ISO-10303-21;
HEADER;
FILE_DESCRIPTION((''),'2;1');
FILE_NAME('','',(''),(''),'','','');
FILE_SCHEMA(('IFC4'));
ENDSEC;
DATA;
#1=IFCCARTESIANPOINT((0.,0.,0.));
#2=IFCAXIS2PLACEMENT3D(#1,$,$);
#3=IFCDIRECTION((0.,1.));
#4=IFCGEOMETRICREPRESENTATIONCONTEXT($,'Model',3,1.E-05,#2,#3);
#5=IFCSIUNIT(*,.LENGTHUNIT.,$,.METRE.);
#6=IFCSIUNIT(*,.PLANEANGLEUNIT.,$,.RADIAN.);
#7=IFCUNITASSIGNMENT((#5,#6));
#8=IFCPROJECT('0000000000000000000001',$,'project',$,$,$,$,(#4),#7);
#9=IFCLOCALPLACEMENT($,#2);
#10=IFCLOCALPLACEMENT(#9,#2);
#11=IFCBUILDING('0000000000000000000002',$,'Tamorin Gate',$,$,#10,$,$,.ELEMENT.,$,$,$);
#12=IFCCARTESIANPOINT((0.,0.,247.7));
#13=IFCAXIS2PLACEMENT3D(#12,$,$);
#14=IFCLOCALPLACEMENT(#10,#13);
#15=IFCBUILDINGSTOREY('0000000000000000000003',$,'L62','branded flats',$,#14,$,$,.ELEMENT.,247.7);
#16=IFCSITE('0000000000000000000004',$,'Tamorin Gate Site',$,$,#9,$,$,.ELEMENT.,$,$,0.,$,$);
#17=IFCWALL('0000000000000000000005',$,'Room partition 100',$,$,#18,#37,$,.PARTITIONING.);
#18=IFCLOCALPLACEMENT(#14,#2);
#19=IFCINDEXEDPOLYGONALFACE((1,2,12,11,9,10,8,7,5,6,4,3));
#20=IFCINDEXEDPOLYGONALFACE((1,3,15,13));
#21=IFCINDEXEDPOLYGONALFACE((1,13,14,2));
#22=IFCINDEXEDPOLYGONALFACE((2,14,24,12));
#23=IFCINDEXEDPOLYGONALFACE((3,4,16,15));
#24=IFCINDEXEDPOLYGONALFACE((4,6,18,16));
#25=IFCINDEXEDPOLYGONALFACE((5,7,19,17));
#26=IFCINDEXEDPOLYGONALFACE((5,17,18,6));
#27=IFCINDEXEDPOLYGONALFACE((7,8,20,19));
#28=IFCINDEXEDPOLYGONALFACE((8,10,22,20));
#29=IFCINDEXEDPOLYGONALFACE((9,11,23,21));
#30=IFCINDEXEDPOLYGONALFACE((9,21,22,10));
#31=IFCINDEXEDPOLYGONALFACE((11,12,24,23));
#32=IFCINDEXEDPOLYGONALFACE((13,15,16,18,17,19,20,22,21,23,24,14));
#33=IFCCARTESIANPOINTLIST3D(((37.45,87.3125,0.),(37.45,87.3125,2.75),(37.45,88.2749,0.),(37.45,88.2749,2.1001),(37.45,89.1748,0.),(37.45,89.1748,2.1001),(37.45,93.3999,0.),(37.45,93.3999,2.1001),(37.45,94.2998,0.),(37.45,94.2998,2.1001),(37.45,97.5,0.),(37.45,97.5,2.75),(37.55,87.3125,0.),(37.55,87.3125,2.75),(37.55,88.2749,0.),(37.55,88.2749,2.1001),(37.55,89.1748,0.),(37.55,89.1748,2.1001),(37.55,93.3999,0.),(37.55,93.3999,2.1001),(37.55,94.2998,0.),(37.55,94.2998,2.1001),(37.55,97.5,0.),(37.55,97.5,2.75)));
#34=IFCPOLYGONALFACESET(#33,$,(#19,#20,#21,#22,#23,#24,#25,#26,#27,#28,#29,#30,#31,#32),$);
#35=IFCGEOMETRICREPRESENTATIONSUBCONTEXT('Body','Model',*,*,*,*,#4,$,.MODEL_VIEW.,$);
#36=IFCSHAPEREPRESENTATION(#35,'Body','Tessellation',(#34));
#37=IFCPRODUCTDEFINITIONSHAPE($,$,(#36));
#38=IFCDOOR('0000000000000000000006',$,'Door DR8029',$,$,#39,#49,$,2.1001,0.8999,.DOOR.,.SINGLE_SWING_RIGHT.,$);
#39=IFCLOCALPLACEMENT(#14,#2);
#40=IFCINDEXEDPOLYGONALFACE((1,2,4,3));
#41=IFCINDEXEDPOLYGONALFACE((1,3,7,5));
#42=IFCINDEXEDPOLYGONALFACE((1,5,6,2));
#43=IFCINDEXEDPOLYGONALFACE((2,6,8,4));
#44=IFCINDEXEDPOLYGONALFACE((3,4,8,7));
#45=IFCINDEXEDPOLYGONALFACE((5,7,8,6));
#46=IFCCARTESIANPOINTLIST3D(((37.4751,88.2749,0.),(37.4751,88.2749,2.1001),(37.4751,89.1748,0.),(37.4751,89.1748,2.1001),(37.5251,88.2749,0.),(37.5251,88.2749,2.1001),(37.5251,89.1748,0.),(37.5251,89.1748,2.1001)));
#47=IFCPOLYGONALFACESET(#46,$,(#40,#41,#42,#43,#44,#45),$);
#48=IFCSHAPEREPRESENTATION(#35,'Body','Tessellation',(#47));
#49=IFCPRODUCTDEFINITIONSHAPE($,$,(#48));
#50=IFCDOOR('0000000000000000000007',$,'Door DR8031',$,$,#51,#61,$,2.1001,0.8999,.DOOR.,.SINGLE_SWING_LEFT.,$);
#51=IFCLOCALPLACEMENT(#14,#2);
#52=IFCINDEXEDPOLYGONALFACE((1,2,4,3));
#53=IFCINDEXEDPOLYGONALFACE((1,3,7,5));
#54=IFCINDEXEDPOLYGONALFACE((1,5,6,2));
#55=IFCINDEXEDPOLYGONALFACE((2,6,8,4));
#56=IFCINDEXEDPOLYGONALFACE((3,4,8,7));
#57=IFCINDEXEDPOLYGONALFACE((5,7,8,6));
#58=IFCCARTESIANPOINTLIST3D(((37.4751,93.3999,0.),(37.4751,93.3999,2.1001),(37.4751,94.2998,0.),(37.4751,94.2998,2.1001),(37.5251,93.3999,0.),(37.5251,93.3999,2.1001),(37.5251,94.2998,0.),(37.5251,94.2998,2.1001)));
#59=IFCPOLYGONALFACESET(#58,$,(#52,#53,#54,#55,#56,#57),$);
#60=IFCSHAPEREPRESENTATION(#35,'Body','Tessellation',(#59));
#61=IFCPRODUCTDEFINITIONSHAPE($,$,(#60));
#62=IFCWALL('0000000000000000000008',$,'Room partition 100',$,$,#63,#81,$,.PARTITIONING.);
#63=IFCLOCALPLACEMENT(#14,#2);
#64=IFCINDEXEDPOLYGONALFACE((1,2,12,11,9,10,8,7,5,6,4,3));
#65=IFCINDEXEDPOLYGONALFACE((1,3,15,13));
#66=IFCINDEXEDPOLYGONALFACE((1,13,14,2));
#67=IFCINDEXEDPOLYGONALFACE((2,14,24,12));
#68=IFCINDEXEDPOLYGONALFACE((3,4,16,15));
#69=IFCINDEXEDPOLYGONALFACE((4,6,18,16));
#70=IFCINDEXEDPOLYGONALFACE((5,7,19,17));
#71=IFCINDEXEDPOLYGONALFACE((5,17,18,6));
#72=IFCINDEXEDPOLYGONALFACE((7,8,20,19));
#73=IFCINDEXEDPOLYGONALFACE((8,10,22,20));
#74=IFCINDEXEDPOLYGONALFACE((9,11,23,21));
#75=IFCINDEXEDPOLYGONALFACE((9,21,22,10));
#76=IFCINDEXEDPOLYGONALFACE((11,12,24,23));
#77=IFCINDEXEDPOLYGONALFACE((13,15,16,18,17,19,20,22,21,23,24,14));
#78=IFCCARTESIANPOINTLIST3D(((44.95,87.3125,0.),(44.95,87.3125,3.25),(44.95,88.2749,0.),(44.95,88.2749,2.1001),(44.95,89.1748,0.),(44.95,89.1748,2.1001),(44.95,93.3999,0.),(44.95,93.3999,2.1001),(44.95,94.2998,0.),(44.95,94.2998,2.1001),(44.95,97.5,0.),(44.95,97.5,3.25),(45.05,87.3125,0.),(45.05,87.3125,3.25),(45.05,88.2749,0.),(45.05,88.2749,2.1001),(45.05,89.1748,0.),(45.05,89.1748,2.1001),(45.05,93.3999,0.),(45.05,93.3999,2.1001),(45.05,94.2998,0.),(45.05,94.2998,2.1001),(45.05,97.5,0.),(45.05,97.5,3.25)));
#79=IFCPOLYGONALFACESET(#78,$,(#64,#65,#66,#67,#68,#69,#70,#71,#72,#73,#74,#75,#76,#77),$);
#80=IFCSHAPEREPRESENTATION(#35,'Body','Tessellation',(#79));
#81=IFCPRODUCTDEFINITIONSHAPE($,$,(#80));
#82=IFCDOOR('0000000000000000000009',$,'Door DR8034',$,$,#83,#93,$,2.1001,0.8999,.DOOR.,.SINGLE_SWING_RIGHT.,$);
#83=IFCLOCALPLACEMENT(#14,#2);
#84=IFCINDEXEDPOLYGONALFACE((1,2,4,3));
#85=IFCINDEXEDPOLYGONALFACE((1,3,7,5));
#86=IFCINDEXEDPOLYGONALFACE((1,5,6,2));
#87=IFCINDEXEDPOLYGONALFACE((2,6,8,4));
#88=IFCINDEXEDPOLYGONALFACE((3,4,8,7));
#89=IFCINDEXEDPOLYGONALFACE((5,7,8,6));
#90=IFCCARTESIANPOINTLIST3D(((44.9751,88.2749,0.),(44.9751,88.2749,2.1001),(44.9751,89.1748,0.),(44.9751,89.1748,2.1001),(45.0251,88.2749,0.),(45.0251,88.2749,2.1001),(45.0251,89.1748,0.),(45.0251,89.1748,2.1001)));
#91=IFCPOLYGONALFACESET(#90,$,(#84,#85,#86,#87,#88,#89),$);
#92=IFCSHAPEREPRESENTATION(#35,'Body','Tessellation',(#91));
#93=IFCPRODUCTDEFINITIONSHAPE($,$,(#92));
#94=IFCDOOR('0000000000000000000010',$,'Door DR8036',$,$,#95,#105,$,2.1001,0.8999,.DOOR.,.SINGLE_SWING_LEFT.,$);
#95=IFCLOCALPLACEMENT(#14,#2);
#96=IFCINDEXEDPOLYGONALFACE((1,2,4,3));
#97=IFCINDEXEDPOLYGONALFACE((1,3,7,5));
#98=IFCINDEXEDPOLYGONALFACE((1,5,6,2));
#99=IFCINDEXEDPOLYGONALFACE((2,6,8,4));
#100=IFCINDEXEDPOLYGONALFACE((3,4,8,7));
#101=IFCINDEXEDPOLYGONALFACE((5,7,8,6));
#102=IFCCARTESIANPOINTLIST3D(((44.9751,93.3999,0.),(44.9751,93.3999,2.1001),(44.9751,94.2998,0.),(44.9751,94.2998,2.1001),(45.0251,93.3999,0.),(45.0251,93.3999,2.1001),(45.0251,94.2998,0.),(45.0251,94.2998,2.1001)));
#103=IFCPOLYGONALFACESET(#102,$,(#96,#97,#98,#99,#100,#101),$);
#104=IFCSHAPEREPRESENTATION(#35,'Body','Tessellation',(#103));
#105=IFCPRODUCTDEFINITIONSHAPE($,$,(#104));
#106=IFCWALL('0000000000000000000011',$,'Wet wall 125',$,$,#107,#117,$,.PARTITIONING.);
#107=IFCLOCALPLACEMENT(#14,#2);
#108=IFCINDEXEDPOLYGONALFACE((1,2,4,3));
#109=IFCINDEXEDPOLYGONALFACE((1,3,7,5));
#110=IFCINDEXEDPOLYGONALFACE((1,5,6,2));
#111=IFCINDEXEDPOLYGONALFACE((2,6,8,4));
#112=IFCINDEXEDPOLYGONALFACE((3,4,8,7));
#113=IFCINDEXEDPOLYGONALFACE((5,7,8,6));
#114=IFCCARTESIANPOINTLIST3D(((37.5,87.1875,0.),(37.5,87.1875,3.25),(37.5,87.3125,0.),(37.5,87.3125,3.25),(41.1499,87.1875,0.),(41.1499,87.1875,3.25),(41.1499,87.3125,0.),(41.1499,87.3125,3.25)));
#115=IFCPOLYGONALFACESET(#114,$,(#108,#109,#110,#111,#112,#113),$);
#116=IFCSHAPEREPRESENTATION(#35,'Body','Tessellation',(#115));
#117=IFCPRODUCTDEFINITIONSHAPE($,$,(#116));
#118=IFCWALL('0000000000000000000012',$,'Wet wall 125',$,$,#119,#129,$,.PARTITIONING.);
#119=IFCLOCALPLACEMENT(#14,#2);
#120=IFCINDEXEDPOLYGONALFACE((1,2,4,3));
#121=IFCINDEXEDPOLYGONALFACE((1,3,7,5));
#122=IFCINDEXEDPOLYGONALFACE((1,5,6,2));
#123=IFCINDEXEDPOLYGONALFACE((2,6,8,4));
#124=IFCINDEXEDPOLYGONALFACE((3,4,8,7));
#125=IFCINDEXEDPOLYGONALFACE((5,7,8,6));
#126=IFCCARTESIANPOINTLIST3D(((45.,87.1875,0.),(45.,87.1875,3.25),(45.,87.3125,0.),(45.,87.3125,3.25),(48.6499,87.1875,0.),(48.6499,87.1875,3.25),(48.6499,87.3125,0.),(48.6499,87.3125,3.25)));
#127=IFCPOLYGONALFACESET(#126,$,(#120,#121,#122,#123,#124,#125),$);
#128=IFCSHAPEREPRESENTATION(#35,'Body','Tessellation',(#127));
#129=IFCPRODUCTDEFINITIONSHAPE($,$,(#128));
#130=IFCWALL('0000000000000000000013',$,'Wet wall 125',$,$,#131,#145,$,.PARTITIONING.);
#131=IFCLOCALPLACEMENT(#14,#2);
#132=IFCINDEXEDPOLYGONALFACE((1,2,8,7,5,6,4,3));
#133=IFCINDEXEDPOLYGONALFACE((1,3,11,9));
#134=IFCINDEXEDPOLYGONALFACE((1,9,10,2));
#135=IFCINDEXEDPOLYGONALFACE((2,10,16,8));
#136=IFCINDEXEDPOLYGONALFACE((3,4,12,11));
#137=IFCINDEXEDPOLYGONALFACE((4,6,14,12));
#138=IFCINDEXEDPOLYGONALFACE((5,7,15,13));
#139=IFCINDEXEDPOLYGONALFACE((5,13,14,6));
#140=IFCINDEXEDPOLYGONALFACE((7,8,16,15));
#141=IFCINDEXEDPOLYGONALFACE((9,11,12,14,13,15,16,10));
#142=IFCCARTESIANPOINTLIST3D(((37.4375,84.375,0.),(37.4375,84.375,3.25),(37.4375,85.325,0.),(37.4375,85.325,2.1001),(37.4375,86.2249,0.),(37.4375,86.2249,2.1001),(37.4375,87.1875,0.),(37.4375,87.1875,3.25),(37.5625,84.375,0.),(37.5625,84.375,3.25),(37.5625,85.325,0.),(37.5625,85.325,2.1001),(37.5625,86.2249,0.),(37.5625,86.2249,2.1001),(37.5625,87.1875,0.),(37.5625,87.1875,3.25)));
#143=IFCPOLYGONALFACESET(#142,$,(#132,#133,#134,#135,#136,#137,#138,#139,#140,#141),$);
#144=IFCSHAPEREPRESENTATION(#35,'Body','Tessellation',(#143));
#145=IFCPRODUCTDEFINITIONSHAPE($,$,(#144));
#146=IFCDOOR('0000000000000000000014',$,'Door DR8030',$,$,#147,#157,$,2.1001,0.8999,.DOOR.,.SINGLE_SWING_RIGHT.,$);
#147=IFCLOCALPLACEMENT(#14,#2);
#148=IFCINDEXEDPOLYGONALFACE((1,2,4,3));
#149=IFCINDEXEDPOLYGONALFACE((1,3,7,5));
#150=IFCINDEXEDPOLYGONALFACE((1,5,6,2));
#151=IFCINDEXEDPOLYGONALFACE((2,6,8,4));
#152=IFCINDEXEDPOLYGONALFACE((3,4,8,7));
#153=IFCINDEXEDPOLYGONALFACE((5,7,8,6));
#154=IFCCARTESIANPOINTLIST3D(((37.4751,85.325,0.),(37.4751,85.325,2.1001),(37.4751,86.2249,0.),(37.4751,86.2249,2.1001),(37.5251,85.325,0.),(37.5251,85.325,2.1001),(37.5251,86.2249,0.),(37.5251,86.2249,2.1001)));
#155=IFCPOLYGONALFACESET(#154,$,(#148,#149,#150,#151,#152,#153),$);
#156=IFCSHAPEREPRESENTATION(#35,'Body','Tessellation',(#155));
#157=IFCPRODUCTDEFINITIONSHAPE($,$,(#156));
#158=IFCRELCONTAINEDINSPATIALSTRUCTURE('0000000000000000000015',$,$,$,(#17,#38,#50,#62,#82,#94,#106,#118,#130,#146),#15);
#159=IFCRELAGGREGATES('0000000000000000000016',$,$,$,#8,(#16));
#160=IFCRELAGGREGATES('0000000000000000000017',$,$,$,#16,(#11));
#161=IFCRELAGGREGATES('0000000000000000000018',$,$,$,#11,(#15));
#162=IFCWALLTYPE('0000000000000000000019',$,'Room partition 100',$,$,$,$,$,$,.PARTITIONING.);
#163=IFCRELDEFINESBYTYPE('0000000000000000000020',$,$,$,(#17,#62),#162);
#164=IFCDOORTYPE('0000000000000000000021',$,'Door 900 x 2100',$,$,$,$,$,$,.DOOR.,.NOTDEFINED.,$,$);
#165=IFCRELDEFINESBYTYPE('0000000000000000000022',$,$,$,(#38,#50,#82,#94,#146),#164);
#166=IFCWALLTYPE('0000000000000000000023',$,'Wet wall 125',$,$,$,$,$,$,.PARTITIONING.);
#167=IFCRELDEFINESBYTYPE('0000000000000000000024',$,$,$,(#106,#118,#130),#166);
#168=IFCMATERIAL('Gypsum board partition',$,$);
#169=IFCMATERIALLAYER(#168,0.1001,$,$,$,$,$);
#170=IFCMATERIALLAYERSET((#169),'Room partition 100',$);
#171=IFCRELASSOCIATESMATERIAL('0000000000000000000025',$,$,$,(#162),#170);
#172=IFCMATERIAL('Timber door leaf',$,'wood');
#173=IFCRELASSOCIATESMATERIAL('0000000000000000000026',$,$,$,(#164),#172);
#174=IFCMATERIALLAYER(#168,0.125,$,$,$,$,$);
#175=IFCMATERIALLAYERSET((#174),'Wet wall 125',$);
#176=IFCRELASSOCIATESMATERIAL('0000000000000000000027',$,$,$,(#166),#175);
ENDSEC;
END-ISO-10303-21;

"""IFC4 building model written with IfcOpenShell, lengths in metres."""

from ifc_helpers import new_model, si_unit, direction, frame, frame_2d, origin, place, context, subcontext, project, spatial, rectangle, extrude, material, layer, layer_set, type_object, element, fill, save


model = new_model("IFC4")

# Units and contexts
model_context = context("Model", 3, precision=1e-05, world=origin(), true_north=direction((0.0, 1.0)))
body_context = subcontext(model_context, "Body", "Model", "MODEL_VIEW")
ifc_project = project(units=[si_unit("LENGTHUNIT", "METRE"), si_unit("PLANEANGLEUNIT", "RADIAN")], contexts=[model_context])

# Site, building, storey
site_placement = place(None, origin())
site = spatial("IfcSite", under=ifc_project, at=site_placement, Name="Tamorin Gate Site", CompositionType="ELEMENT", RefElevation=0.0)
building_placement = place(site_placement, origin())
building = spatial("IfcBuilding", under=site, at=building_placement, Name="Tamorin Gate", CompositionType="ELEMENT")
storey_placement = place(building_placement, frame((0.0, 0.0, 247.7)))
storey = spatial("IfcBuildingStorey", under=building, at=storey_placement, Name="L62", Description="branded flats", CompositionType="ELEMENT", Elevation=247.7)

# Shared definitions
ifc_material_1 = material(Name="Gypsum board partition")

# Walls, openings, doors
ifc_layer_1 = layer(ifc_material_1, 0.1001)
ifc_layer_set_1 = layer_set([ifc_layer_1], Name="Room partition 100")
wall_type_1 = type_object("IfcWallType", Name="Room partition 100", PredefinedType="PARTITIONING", material=ifc_layer_set_1)
wall_1_placement = place(storey_placement, frame((37.5, 87.3125, 0.0), z_axis=(0.0, 0.0, 1.0), x_axis=(0.0, 1.0, 0.0)))
wall_1 = element("IfcWall", 1, at=wall_1_placement, inside=storey, type_object=wall_type_1, Name="Room partition 100", PredefinedType="PARTITIONING", context=body_context, shape_type="SweptSolid", body=[
    extrude(rectangle(XDim=10.1875, YDim=0.1001, at=frame_2d((5.0938, 0.0))), origin(), (0.0, 0.0, 1.0), 2.75),
])
opening_1_placement = place(wall_1_placement, frame((0.9624, 0.0, 0.0)))
opening_1 = element("IfcOpeningElement", 2, at=opening_1_placement, cuts=wall_1, PredefinedType="OPENING", context=body_context, shape_type="SweptSolid", body=[
    extrude(rectangle(XDim=0.8999, YDim=2.1001, at=frame_2d((0.45, 1.05))), frame((0.0, 0.0601, 0.0), z_axis=(0.0, -1.0, 0.0), x_axis=(1.0, 0.0, 0.0)), (0.0, 0.0, 1.0), 0.1201),
])
opening_2_placement = place(wall_1_placement, frame((6.0874, 0.0, 0.0)))
opening_2 = element("IfcOpeningElement", 3, at=opening_2_placement, cuts=wall_1, PredefinedType="OPENING", context=body_context, shape_type="SweptSolid", body=[
    extrude(rectangle(XDim=0.8999, YDim=2.1001, at=frame_2d((0.45, 1.05))), frame((0.0, 0.0601, 0.0), z_axis=(0.0, -1.0, 0.0), x_axis=(1.0, 0.0, 0.0)), (0.0, 0.0, 1.0), 0.1201),
])
ifc_material_2 = material(Name="Timber door leaf", Category="wood")
door_type = type_object("IfcDoorType", Name="Door 900 x 2100", OperationType="NOTDEFINED", PredefinedType="DOOR", material=ifc_material_2)
door_1_placement = place(opening_1_placement, origin())
door_1 = element("IfcDoor", 4, at=door_1_placement, inside=storey, type_object=door_type, Name="Door DR8029", OperationType="SINGLE_SWING_RIGHT", OverallHeight=2.1001, OverallWidth=0.8999, PredefinedType="DOOR", context=body_context, shape_type="SweptSolid", body=[
    extrude(rectangle(XDim=0.8999, YDim=2.1001, at=frame_2d((0.45, 1.05))), frame((0.0, 0.0249, 0.0), z_axis=(0.0, -1.0, 0.0), x_axis=(1.0, 0.0, 0.0)), (0.0, 0.0, 1.0), 0.05),
])
fill(opening_1, door_1)
door_2_placement = place(opening_2_placement, origin())
door_2 = element("IfcDoor", 5, at=door_2_placement, inside=storey, type_object=door_type, Name="Door DR8031", OperationType="SINGLE_SWING_LEFT", OverallHeight=2.1001, OverallWidth=0.8999, PredefinedType="DOOR", context=body_context, shape_type="SweptSolid", body=[
    extrude(rectangle(XDim=0.8999, YDim=2.1001, at=frame_2d((0.45, 1.05))), frame((0.0, 0.0249, 0.0), z_axis=(0.0, -1.0, 0.0), x_axis=(1.0, 0.0, 0.0)), (0.0, 0.0, 1.0), 0.05),
])
fill(opening_2, door_2)
wall_2_placement = place(storey_placement, frame((45.0, 87.3125, 0.0), z_axis=(0.0, 0.0, 1.0), x_axis=(0.0, 1.0, 0.0)))
wall_2 = element("IfcWall", 6, at=wall_2_placement, inside=storey, type_object=wall_type_1, Name="Room partition 100", PredefinedType="PARTITIONING", context=body_context, shape_type="SweptSolid", body=[
    extrude(rectangle(XDim=10.1875, YDim=0.1001, at=frame_2d((5.0938, 0.0))), origin(), (0.0, 0.0, 1.0), 3.25),
])
opening_3_placement = place(wall_2_placement, frame((0.9624, 0.0, 0.0)))
opening_3 = element("IfcOpeningElement", 7, at=opening_3_placement, cuts=wall_2, PredefinedType="OPENING", context=body_context, shape_type="SweptSolid", body=[
    extrude(rectangle(XDim=0.8999, YDim=2.1001, at=frame_2d((0.45, 1.05))), frame((0.0, 0.0601, 0.0), z_axis=(0.0, -1.0, 0.0), x_axis=(1.0, 0.0, 0.0)), (0.0, 0.0, 1.0), 0.1201),
])
opening_4_placement = place(wall_2_placement, frame((6.0874, 0.0, 0.0)))
opening_4 = element("IfcOpeningElement", 8, at=opening_4_placement, cuts=wall_2, PredefinedType="OPENING", context=body_context, shape_type="SweptSolid", body=[
    extrude(rectangle(XDim=0.8999, YDim=2.1001, at=frame_2d((0.45, 1.05))), frame((0.0, 0.0601, 0.0), z_axis=(0.0, -1.0, 0.0), x_axis=(1.0, 0.0, 0.0)), (0.0, 0.0, 1.0), 0.1201),
])
door_3_placement = place(opening_3_placement, origin())
door_3 = element("IfcDoor", 9, at=door_3_placement, inside=storey, type_object=door_type, Name="Door DR8034", OperationType="SINGLE_SWING_RIGHT", OverallHeight=2.1001, OverallWidth=0.8999, PredefinedType="DOOR", context=body_context, shape_type="SweptSolid", body=[
    extrude(rectangle(XDim=0.8999, YDim=2.1001, at=frame_2d((0.45, 1.05))), frame((0.0, 0.0249, 0.0), z_axis=(0.0, -1.0, 0.0), x_axis=(1.0, 0.0, 0.0)), (0.0, 0.0, 1.0), 0.05),
])
fill(opening_3, door_3)
door_4_placement = place(opening_4_placement, origin())
door_4 = element("IfcDoor", 10, at=door_4_placement, inside=storey, type_object=door_type, Name="Door DR8036", OperationType="SINGLE_SWING_LEFT", OverallHeight=2.1001, OverallWidth=0.8999, PredefinedType="DOOR", context=body_context, shape_type="SweptSolid", body=[
    extrude(rectangle(XDim=0.8999, YDim=2.1001, at=frame_2d((0.45, 1.05))), frame((0.0, 0.0249, 0.0), z_axis=(0.0, -1.0, 0.0), x_axis=(1.0, 0.0, 0.0)), (0.0, 0.0, 1.0), 0.05),
])
fill(opening_4, door_4)

# Walls
ifc_layer_2 = layer(ifc_material_1, 0.125)
ifc_layer_set_2 = layer_set([ifc_layer_2], Name="Wet wall 125")
wall_type_2 = type_object("IfcWallType", Name="Wet wall 125", PredefinedType="PARTITIONING", material=ifc_layer_set_2)
for number, where, z_axis, x_axis, name in (
    (11, (37.5, 87.25, 0.0), (0.0, 0.0, 1.0), (1.0, 0.0, 0.0), "Wet wall 125"),
    (12, (45.0, 87.25, 0.0), (0.0, 0.0, 1.0), (1.0, 0.0, 0.0), "Wet wall 125"),
):
    element("IfcWall", number, at=place(storey_placement, frame(where, z_axis=z_axis, x_axis=x_axis)), inside=storey, type_object=wall_type_2, Name=name, PredefinedType="PARTITIONING", context=body_context, shape_type="SweptSolid", body=[
        extrude(rectangle(XDim=3.6499, YDim=0.125, at=frame_2d((1.825, 0.0))), origin(), (0.0, 0.0, 1.0), 3.25),
    ])

# Wall, opening, door
wall_3_placement = place(storey_placement, frame((37.5, 84.375, 0.0), z_axis=(0.0, 0.0, 1.0), x_axis=(0.0, 1.0, 0.0)))
wall_3 = element("IfcWall", 13, at=wall_3_placement, inside=storey, type_object=wall_type_2, Name="Wet wall 125", PredefinedType="PARTITIONING", context=body_context, shape_type="SweptSolid", body=[
    extrude(rectangle(XDim=2.8125, YDim=0.125, at=frame_2d((1.4062, 0.0))), origin(), (0.0, 0.0, 1.0), 3.25),
])
opening_5_placement = place(wall_3_placement, frame((0.95, 0.0, 0.0)))
opening_5 = element("IfcOpeningElement", 14, at=opening_5_placement, cuts=wall_3, PredefinedType="OPENING", context=body_context, shape_type="SweptSolid", body=[
    extrude(rectangle(XDim=0.8999, YDim=2.1001, at=frame_2d((0.45, 1.05))), frame((0.0, 0.0725, 0.0), z_axis=(0.0, -1.0, 0.0), x_axis=(1.0, 0.0, 0.0)), (0.0, 0.0, 1.0), 0.145),
])
door_5_placement = place(opening_5_placement, origin())
door_5 = element("IfcDoor", 15, at=door_5_placement, inside=storey, type_object=door_type, Name="Door DR8030", OperationType="SINGLE_SWING_RIGHT", OverallHeight=2.1001, OverallWidth=0.8999, PredefinedType="DOOR", context=body_context, shape_type="SweptSolid", body=[
    extrude(rectangle(XDim=0.8999, YDim=2.1001, at=frame_2d((0.45, 1.05))), frame((0.0, 0.0249, 0.0), z_axis=(0.0, -1.0, 0.0), x_axis=(1.0, 0.0, 0.0)), (0.0, 0.0, 1.0), 0.05),
])
fill(opening_5, door_5)

save(model, "model.ifc")
